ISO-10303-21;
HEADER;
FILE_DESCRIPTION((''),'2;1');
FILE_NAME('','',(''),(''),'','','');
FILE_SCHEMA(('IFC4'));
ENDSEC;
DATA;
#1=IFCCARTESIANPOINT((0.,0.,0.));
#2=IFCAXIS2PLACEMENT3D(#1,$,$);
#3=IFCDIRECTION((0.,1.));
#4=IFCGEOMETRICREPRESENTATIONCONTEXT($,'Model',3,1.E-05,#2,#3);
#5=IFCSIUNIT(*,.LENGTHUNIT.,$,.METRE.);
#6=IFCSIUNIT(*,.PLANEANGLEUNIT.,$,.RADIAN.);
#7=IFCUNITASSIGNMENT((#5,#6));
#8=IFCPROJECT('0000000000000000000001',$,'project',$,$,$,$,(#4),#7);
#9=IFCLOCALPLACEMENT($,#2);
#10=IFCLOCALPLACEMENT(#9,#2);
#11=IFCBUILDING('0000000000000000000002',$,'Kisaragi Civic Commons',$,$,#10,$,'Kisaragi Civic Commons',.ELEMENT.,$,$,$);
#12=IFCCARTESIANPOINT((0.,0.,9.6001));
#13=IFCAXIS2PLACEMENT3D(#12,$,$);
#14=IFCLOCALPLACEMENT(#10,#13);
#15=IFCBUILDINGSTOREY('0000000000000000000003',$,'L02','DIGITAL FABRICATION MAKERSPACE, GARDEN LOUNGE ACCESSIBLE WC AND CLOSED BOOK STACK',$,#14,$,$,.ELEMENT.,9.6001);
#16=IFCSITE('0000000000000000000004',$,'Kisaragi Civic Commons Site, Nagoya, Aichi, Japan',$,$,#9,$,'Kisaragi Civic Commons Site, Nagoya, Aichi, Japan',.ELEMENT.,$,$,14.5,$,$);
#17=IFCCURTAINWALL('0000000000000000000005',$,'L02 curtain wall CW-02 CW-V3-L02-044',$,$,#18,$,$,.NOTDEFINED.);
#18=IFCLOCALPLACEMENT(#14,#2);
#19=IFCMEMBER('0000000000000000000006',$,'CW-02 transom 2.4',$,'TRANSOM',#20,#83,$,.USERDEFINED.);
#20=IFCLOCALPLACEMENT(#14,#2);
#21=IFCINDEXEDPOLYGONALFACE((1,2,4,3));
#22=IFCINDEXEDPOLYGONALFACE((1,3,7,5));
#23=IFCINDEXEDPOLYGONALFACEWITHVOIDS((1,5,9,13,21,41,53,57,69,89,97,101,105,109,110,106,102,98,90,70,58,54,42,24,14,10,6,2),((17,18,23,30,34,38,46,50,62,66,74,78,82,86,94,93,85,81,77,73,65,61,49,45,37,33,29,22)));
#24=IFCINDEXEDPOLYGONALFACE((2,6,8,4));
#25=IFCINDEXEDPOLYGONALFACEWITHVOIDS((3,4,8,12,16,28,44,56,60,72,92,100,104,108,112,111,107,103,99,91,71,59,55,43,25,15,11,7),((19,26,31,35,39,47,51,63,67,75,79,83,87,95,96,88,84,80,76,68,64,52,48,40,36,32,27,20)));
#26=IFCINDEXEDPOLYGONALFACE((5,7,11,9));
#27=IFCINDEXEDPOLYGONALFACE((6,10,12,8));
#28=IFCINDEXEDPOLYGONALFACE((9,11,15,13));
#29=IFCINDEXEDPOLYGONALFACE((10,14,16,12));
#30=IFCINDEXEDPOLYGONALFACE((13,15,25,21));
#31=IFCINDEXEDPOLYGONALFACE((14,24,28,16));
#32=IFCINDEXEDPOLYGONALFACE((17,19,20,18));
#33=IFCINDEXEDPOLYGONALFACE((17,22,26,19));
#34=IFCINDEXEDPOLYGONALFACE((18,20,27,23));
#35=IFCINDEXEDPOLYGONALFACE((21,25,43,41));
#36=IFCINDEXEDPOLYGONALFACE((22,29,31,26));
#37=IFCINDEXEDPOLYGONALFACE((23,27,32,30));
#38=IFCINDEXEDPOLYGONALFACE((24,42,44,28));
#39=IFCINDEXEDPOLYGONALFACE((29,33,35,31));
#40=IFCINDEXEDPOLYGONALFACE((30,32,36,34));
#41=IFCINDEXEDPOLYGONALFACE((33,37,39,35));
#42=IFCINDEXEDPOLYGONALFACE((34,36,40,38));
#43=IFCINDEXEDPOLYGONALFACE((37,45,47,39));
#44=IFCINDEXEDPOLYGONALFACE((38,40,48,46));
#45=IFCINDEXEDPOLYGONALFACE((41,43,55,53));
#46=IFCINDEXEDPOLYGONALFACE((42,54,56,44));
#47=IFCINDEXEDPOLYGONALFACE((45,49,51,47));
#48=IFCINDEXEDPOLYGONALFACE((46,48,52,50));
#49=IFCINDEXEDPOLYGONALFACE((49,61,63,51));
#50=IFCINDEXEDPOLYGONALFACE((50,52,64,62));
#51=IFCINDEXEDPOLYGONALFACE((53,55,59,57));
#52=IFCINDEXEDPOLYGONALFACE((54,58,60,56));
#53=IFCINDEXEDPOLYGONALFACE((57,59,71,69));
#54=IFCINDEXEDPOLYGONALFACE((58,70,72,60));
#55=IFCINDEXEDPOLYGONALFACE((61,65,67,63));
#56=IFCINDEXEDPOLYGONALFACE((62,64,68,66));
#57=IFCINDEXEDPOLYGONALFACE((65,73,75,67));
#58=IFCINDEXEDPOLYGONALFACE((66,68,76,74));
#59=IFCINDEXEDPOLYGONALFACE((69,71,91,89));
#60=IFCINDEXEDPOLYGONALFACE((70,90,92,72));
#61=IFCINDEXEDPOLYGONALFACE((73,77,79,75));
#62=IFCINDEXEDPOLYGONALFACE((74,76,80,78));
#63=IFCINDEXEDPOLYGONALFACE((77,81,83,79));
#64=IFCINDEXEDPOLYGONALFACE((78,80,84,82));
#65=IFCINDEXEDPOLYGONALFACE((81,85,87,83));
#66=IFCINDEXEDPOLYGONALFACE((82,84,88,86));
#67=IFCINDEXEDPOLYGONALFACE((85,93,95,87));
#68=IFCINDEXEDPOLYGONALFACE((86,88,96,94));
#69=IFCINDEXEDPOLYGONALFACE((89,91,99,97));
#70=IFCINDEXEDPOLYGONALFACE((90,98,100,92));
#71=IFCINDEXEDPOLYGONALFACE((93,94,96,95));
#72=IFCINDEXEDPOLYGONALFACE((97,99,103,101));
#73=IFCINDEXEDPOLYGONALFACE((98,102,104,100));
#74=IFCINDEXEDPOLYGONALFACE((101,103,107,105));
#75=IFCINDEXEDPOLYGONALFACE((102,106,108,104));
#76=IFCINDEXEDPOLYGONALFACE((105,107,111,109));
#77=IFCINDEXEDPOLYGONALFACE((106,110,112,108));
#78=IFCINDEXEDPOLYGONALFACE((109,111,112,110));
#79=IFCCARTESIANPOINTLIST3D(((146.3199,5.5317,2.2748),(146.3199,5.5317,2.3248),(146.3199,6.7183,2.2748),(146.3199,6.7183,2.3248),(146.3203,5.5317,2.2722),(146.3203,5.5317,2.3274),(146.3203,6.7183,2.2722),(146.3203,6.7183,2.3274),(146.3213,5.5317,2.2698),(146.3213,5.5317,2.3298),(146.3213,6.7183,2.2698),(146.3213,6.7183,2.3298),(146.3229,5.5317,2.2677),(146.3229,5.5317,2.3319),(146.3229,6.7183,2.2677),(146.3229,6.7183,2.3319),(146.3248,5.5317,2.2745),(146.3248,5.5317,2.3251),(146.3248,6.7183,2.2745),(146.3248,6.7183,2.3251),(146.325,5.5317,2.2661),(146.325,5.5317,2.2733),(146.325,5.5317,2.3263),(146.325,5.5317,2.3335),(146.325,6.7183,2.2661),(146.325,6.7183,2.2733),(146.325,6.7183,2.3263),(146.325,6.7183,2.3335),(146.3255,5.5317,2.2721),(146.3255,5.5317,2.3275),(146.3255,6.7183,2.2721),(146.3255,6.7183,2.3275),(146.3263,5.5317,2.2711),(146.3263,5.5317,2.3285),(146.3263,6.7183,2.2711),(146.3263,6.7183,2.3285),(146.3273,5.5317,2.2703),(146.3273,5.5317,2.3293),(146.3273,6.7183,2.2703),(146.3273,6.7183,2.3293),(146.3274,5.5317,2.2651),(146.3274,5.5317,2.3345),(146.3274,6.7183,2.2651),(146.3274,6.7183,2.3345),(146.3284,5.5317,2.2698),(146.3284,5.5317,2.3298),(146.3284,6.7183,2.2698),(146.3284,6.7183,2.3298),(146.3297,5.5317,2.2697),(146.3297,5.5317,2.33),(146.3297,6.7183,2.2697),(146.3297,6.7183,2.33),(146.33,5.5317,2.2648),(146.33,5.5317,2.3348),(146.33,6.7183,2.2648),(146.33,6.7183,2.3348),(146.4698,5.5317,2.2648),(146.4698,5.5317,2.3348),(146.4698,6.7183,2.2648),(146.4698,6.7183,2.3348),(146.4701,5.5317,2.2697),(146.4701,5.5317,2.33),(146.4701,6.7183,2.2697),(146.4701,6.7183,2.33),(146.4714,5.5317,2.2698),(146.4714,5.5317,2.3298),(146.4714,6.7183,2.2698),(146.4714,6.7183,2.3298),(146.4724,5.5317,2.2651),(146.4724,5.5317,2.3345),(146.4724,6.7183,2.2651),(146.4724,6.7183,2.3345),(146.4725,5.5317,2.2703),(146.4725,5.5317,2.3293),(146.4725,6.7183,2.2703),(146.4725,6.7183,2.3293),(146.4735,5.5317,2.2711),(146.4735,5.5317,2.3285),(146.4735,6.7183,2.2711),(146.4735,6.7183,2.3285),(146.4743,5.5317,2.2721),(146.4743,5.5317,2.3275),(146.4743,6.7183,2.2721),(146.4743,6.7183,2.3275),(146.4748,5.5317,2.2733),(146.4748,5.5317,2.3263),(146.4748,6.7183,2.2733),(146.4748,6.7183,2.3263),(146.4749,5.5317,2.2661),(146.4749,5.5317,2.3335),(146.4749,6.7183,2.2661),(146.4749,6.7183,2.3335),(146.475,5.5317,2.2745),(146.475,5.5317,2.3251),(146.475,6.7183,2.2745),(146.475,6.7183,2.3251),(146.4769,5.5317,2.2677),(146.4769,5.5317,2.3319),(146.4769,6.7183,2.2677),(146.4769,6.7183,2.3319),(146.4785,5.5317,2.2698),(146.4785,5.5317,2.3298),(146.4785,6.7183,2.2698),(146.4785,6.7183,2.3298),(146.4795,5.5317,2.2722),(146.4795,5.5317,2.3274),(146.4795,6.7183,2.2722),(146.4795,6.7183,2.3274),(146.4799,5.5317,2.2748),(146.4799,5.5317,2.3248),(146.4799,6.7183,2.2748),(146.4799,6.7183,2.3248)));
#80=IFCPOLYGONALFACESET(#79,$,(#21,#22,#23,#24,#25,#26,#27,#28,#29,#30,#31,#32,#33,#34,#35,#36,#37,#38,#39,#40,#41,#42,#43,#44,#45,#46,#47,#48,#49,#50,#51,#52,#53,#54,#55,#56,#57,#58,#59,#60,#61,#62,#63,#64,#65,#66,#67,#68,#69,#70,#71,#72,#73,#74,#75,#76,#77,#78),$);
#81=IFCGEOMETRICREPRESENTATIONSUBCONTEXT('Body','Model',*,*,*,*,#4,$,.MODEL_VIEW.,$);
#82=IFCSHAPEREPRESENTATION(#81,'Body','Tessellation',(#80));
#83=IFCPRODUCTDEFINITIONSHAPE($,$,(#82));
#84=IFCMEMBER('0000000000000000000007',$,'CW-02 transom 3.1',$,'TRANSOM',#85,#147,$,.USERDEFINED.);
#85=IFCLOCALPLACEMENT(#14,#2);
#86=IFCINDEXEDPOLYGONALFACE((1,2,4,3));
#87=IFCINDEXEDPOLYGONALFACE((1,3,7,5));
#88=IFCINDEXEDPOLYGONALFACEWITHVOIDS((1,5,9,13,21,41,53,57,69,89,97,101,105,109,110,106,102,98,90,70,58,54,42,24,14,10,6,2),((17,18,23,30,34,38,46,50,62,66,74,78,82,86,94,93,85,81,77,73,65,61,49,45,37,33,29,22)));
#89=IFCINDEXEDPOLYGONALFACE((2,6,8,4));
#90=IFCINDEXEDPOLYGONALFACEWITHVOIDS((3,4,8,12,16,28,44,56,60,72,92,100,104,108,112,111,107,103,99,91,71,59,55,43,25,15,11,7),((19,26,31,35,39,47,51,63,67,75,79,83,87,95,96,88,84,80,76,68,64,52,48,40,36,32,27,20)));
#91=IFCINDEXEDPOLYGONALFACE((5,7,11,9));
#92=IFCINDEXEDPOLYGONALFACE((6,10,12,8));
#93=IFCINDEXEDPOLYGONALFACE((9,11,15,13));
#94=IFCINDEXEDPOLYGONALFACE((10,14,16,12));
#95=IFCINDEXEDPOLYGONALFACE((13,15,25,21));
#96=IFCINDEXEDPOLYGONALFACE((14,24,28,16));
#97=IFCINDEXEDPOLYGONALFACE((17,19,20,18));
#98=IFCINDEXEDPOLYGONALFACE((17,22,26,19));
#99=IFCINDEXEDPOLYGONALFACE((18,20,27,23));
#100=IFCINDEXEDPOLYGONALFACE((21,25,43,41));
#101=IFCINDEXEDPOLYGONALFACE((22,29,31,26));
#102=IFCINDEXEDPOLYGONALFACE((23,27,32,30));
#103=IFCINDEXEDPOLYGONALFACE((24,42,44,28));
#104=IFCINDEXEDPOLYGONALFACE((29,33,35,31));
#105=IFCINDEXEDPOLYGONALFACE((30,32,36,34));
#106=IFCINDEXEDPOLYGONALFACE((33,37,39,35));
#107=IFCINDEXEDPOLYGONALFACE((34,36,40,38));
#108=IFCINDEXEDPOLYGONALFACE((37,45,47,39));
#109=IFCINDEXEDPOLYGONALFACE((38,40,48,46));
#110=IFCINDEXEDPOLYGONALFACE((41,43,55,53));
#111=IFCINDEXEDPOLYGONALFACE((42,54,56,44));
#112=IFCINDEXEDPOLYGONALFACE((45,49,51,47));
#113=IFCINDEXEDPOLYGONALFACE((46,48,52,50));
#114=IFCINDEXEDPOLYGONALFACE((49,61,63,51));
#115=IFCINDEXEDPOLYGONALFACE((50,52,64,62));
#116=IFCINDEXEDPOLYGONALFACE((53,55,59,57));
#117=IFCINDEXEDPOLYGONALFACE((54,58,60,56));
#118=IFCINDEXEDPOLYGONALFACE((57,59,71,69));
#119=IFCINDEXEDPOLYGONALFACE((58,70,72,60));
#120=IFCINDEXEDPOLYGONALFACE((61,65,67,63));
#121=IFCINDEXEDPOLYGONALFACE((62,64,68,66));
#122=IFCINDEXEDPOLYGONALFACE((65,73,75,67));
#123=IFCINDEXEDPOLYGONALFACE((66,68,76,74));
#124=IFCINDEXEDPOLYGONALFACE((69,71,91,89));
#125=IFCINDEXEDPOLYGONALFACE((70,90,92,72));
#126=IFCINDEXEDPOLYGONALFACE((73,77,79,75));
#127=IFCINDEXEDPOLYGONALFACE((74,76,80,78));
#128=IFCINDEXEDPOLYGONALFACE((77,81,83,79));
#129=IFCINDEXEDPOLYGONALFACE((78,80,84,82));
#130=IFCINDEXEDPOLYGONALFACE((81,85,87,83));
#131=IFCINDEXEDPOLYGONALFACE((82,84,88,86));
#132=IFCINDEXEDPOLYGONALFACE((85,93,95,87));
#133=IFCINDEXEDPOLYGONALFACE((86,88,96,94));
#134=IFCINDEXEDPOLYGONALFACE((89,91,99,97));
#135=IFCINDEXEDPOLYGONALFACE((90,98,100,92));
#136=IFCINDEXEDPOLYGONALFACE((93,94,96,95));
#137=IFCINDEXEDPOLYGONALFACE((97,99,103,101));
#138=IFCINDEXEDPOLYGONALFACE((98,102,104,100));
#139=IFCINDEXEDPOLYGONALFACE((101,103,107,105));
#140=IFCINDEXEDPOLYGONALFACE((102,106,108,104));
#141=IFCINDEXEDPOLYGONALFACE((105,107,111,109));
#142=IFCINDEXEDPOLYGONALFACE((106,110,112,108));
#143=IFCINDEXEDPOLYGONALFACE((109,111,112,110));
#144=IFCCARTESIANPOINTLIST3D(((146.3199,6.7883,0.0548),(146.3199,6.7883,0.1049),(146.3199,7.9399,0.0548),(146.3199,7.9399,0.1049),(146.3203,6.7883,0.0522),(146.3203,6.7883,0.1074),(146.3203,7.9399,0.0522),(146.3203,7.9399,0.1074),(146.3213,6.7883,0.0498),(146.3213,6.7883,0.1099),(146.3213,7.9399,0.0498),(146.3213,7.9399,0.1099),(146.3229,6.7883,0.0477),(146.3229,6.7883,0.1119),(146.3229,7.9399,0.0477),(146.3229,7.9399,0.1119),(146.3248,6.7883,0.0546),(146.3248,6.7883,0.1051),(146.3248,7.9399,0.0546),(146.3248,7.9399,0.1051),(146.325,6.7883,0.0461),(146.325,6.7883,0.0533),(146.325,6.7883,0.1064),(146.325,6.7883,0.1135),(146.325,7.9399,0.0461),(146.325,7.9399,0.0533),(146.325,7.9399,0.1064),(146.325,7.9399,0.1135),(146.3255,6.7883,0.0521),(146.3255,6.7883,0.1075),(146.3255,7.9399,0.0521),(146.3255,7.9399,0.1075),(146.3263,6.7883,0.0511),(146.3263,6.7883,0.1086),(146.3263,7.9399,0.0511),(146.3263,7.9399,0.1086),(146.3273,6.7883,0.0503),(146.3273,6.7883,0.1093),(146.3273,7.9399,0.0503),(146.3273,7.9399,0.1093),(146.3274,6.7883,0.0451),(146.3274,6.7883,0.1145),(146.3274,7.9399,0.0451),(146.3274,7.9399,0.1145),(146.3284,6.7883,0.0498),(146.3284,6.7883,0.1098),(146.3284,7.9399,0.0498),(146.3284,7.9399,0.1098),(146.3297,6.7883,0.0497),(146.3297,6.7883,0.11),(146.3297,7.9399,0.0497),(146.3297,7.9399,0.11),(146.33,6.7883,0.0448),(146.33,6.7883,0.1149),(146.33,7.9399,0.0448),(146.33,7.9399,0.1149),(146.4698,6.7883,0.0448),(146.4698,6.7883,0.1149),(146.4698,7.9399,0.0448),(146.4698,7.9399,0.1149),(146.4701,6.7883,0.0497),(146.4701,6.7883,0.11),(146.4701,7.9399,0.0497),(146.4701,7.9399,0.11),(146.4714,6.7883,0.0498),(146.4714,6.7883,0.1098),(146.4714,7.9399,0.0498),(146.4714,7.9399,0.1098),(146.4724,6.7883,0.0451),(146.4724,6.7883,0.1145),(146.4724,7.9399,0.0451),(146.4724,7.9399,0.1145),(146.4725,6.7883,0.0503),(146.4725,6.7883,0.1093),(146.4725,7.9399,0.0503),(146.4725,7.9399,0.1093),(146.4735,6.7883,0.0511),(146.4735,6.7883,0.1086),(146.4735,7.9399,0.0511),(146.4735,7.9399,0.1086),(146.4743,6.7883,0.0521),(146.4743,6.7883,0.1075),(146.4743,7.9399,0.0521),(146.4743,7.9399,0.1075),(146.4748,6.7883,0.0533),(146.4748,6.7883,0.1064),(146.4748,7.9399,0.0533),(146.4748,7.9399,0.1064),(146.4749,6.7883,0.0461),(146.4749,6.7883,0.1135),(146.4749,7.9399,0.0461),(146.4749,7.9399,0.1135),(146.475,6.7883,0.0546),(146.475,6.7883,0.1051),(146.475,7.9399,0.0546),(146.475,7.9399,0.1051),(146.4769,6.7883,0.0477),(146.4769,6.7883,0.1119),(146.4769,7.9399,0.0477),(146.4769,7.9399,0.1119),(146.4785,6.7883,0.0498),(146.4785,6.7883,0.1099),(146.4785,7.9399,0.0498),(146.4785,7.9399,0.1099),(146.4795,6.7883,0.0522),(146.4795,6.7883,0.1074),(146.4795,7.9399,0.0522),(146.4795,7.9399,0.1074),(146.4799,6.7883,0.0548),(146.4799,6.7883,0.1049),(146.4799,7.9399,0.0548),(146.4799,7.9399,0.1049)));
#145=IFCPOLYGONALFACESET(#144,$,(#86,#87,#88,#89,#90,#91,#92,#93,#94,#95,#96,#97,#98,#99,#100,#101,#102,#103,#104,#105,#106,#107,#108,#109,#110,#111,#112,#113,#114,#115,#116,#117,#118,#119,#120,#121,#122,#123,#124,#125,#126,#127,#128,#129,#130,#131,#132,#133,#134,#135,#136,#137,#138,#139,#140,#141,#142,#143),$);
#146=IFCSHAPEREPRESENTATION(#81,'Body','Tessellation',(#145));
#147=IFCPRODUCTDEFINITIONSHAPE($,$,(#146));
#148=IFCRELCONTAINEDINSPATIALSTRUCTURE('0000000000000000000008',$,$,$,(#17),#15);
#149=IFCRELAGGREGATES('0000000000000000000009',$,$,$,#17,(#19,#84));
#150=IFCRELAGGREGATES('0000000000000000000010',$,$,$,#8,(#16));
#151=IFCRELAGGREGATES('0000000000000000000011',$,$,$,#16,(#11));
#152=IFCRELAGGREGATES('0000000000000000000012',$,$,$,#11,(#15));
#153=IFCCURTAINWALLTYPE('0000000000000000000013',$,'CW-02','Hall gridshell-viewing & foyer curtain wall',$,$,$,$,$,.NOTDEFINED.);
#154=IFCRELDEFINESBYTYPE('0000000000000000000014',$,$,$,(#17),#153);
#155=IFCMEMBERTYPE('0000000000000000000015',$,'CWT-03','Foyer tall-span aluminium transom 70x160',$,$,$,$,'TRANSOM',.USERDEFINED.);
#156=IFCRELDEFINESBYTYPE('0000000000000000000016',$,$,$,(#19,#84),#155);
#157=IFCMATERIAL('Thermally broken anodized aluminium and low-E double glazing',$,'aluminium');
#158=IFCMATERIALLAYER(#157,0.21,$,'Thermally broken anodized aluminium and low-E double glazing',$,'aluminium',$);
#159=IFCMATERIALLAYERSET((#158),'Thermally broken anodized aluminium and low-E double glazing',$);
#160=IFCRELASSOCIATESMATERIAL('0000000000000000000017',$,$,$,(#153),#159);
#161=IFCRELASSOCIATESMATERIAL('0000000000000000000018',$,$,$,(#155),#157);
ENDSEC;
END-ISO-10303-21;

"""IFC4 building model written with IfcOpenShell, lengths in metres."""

from ifc_helpers import new_model, si_unit, direction, frame, origin, origin_2d, place, context, subcontext, project, spatial, hollow_rectangle, extrude, material, layer, layer_set, material_profile, profile_set, type_object, element, aggregate, save


model = new_model("IFC4")

# Units and contexts
model_context = context("Model", 3, precision=1e-05, world=origin(), true_north=direction((0.0, 1.0)))
body_context = subcontext(model_context, "Body", "Model", "MODEL_VIEW")
ifc_project = project(units=[si_unit("LENGTHUNIT", "METRE"), si_unit("PLANEANGLEUNIT", "RADIAN")], contexts=[model_context])

# Site, building, storey
site_placement = place(None, origin())
site = spatial("IfcSite", under=ifc_project, at=site_placement, Name="Kisaragi Civic Commons Site, Nagoya, Aichi, Japan", LongName="Kisaragi Civic Commons Site, Nagoya, Aichi, Japan", CompositionType="ELEMENT", RefElevation=14.5)
building_placement = place(site_placement, origin())
building = spatial("IfcBuilding", under=site, at=building_placement, Name="Kisaragi Civic Commons", LongName="Kisaragi Civic Commons", CompositionType="ELEMENT")
storey_placement = place(building_placement, frame((0.0, 0.0, 9.6001)))
storey = spatial("IfcBuildingStorey", under=building, at=storey_placement, Name="L02", Description="DIGITAL FABRICATION MAKERSPACE, GARDEN LOUNGE ACCESSIBLE WC AND CLOSED BOOK STACK", CompositionType="ELEMENT", Elevation=9.6001)

# Curtain wall, members
ifc_material_1 = material(Name="Thermally broken anodized aluminium and low-E double glazing", Category="aluminium")
ifc_layer_1 = layer(ifc_material_1, 0.21, Name="Thermally broken anodized aluminium and low-E double glazing", Category="aluminium")
ifc_layer_set_1 = layer_set([ifc_layer_1], Name="Thermally broken anodized aluminium and low-E double glazing")
curtain_wall_type = type_object("IfcCurtainWallType", Name="CW-02", Description="Hall gridshell-viewing & foyer curtain wall", PredefinedType="NOTDEFINED", material=ifc_layer_set_1)
curtain_wall_placement = place(storey_placement, origin())
curtain_wall = element("IfcCurtainWall", 1, at=curtain_wall_placement, inside=storey, type_object=curtain_wall_type, Name="L02 curtain wall CW-02 CW-V3-L02-044", PredefinedType="NOTDEFINED")
ifc_material_profile_1 = material_profile(ifc_material_1, hollow_rectangle(XDim=0.1599, YDim=0.0701, WallThickness=0.0049, InnerFilletRadius=0.0049, OuterFilletRadius=0.01, at=origin_2d()), Name="CWT-70x160x5", Category="aluminium")
ifc_profile_set_1 = profile_set([ifc_material_profile_1], Name="Thermally broken anodized aluminium and low-E double glazing")
member_type_1 = type_object("IfcMemberType", Name="CWT-03", Description="Foyer tall-span aluminium transom 70x160", ElementType="TRANSOM", PredefinedType="USERDEFINED", material=ifc_profile_set_1)
member_1_placement = place(storey_placement, frame((146.3999, 5.5317, 2.2998), z_axis=(0.0, 1.0, 0.0), x_axis=(-1.0, 0.0, 0.0)))
member_1 = element("IfcMember", 2, at=member_1_placement, type_object=member_type_1, Name="CW-02 transom 2.4", ObjectType="TRANSOM", PredefinedType="USERDEFINED", context=body_context, shape_type="SweptSolid", body=[
    extrude(hollow_rectangle(XDim=0.1599, YDim=0.0701, WallThickness=0.0049, InnerFilletRadius=0.0049, OuterFilletRadius=0.01, at=origin_2d()), origin(), (0.0, 0.0, 1.0), 1.1865),
])
member_2_placement = place(storey_placement, frame((146.3999, 6.7883, 0.0798), z_axis=(0.0, 1.0, 0.0), x_axis=(-1.0, 0.0, 0.0)))
member_2 = element("IfcMember", 3, at=member_2_placement, type_object=member_type_1, Name="CW-02 transom 3.1", ObjectType="TRANSOM", PredefinedType="USERDEFINED", context=body_context, shape_type="SweptSolid", body=[
    extrude(hollow_rectangle(XDim=0.1599, YDim=0.0701, WallThickness=0.0049, InnerFilletRadius=0.0049, OuterFilletRadius=0.01, at=origin_2d()), origin(), (0.0, 0.0, 1.0), 1.1516),
])

aggregate(curtain_wall, [member_1, member_2])

save(model, "model.ifc")
